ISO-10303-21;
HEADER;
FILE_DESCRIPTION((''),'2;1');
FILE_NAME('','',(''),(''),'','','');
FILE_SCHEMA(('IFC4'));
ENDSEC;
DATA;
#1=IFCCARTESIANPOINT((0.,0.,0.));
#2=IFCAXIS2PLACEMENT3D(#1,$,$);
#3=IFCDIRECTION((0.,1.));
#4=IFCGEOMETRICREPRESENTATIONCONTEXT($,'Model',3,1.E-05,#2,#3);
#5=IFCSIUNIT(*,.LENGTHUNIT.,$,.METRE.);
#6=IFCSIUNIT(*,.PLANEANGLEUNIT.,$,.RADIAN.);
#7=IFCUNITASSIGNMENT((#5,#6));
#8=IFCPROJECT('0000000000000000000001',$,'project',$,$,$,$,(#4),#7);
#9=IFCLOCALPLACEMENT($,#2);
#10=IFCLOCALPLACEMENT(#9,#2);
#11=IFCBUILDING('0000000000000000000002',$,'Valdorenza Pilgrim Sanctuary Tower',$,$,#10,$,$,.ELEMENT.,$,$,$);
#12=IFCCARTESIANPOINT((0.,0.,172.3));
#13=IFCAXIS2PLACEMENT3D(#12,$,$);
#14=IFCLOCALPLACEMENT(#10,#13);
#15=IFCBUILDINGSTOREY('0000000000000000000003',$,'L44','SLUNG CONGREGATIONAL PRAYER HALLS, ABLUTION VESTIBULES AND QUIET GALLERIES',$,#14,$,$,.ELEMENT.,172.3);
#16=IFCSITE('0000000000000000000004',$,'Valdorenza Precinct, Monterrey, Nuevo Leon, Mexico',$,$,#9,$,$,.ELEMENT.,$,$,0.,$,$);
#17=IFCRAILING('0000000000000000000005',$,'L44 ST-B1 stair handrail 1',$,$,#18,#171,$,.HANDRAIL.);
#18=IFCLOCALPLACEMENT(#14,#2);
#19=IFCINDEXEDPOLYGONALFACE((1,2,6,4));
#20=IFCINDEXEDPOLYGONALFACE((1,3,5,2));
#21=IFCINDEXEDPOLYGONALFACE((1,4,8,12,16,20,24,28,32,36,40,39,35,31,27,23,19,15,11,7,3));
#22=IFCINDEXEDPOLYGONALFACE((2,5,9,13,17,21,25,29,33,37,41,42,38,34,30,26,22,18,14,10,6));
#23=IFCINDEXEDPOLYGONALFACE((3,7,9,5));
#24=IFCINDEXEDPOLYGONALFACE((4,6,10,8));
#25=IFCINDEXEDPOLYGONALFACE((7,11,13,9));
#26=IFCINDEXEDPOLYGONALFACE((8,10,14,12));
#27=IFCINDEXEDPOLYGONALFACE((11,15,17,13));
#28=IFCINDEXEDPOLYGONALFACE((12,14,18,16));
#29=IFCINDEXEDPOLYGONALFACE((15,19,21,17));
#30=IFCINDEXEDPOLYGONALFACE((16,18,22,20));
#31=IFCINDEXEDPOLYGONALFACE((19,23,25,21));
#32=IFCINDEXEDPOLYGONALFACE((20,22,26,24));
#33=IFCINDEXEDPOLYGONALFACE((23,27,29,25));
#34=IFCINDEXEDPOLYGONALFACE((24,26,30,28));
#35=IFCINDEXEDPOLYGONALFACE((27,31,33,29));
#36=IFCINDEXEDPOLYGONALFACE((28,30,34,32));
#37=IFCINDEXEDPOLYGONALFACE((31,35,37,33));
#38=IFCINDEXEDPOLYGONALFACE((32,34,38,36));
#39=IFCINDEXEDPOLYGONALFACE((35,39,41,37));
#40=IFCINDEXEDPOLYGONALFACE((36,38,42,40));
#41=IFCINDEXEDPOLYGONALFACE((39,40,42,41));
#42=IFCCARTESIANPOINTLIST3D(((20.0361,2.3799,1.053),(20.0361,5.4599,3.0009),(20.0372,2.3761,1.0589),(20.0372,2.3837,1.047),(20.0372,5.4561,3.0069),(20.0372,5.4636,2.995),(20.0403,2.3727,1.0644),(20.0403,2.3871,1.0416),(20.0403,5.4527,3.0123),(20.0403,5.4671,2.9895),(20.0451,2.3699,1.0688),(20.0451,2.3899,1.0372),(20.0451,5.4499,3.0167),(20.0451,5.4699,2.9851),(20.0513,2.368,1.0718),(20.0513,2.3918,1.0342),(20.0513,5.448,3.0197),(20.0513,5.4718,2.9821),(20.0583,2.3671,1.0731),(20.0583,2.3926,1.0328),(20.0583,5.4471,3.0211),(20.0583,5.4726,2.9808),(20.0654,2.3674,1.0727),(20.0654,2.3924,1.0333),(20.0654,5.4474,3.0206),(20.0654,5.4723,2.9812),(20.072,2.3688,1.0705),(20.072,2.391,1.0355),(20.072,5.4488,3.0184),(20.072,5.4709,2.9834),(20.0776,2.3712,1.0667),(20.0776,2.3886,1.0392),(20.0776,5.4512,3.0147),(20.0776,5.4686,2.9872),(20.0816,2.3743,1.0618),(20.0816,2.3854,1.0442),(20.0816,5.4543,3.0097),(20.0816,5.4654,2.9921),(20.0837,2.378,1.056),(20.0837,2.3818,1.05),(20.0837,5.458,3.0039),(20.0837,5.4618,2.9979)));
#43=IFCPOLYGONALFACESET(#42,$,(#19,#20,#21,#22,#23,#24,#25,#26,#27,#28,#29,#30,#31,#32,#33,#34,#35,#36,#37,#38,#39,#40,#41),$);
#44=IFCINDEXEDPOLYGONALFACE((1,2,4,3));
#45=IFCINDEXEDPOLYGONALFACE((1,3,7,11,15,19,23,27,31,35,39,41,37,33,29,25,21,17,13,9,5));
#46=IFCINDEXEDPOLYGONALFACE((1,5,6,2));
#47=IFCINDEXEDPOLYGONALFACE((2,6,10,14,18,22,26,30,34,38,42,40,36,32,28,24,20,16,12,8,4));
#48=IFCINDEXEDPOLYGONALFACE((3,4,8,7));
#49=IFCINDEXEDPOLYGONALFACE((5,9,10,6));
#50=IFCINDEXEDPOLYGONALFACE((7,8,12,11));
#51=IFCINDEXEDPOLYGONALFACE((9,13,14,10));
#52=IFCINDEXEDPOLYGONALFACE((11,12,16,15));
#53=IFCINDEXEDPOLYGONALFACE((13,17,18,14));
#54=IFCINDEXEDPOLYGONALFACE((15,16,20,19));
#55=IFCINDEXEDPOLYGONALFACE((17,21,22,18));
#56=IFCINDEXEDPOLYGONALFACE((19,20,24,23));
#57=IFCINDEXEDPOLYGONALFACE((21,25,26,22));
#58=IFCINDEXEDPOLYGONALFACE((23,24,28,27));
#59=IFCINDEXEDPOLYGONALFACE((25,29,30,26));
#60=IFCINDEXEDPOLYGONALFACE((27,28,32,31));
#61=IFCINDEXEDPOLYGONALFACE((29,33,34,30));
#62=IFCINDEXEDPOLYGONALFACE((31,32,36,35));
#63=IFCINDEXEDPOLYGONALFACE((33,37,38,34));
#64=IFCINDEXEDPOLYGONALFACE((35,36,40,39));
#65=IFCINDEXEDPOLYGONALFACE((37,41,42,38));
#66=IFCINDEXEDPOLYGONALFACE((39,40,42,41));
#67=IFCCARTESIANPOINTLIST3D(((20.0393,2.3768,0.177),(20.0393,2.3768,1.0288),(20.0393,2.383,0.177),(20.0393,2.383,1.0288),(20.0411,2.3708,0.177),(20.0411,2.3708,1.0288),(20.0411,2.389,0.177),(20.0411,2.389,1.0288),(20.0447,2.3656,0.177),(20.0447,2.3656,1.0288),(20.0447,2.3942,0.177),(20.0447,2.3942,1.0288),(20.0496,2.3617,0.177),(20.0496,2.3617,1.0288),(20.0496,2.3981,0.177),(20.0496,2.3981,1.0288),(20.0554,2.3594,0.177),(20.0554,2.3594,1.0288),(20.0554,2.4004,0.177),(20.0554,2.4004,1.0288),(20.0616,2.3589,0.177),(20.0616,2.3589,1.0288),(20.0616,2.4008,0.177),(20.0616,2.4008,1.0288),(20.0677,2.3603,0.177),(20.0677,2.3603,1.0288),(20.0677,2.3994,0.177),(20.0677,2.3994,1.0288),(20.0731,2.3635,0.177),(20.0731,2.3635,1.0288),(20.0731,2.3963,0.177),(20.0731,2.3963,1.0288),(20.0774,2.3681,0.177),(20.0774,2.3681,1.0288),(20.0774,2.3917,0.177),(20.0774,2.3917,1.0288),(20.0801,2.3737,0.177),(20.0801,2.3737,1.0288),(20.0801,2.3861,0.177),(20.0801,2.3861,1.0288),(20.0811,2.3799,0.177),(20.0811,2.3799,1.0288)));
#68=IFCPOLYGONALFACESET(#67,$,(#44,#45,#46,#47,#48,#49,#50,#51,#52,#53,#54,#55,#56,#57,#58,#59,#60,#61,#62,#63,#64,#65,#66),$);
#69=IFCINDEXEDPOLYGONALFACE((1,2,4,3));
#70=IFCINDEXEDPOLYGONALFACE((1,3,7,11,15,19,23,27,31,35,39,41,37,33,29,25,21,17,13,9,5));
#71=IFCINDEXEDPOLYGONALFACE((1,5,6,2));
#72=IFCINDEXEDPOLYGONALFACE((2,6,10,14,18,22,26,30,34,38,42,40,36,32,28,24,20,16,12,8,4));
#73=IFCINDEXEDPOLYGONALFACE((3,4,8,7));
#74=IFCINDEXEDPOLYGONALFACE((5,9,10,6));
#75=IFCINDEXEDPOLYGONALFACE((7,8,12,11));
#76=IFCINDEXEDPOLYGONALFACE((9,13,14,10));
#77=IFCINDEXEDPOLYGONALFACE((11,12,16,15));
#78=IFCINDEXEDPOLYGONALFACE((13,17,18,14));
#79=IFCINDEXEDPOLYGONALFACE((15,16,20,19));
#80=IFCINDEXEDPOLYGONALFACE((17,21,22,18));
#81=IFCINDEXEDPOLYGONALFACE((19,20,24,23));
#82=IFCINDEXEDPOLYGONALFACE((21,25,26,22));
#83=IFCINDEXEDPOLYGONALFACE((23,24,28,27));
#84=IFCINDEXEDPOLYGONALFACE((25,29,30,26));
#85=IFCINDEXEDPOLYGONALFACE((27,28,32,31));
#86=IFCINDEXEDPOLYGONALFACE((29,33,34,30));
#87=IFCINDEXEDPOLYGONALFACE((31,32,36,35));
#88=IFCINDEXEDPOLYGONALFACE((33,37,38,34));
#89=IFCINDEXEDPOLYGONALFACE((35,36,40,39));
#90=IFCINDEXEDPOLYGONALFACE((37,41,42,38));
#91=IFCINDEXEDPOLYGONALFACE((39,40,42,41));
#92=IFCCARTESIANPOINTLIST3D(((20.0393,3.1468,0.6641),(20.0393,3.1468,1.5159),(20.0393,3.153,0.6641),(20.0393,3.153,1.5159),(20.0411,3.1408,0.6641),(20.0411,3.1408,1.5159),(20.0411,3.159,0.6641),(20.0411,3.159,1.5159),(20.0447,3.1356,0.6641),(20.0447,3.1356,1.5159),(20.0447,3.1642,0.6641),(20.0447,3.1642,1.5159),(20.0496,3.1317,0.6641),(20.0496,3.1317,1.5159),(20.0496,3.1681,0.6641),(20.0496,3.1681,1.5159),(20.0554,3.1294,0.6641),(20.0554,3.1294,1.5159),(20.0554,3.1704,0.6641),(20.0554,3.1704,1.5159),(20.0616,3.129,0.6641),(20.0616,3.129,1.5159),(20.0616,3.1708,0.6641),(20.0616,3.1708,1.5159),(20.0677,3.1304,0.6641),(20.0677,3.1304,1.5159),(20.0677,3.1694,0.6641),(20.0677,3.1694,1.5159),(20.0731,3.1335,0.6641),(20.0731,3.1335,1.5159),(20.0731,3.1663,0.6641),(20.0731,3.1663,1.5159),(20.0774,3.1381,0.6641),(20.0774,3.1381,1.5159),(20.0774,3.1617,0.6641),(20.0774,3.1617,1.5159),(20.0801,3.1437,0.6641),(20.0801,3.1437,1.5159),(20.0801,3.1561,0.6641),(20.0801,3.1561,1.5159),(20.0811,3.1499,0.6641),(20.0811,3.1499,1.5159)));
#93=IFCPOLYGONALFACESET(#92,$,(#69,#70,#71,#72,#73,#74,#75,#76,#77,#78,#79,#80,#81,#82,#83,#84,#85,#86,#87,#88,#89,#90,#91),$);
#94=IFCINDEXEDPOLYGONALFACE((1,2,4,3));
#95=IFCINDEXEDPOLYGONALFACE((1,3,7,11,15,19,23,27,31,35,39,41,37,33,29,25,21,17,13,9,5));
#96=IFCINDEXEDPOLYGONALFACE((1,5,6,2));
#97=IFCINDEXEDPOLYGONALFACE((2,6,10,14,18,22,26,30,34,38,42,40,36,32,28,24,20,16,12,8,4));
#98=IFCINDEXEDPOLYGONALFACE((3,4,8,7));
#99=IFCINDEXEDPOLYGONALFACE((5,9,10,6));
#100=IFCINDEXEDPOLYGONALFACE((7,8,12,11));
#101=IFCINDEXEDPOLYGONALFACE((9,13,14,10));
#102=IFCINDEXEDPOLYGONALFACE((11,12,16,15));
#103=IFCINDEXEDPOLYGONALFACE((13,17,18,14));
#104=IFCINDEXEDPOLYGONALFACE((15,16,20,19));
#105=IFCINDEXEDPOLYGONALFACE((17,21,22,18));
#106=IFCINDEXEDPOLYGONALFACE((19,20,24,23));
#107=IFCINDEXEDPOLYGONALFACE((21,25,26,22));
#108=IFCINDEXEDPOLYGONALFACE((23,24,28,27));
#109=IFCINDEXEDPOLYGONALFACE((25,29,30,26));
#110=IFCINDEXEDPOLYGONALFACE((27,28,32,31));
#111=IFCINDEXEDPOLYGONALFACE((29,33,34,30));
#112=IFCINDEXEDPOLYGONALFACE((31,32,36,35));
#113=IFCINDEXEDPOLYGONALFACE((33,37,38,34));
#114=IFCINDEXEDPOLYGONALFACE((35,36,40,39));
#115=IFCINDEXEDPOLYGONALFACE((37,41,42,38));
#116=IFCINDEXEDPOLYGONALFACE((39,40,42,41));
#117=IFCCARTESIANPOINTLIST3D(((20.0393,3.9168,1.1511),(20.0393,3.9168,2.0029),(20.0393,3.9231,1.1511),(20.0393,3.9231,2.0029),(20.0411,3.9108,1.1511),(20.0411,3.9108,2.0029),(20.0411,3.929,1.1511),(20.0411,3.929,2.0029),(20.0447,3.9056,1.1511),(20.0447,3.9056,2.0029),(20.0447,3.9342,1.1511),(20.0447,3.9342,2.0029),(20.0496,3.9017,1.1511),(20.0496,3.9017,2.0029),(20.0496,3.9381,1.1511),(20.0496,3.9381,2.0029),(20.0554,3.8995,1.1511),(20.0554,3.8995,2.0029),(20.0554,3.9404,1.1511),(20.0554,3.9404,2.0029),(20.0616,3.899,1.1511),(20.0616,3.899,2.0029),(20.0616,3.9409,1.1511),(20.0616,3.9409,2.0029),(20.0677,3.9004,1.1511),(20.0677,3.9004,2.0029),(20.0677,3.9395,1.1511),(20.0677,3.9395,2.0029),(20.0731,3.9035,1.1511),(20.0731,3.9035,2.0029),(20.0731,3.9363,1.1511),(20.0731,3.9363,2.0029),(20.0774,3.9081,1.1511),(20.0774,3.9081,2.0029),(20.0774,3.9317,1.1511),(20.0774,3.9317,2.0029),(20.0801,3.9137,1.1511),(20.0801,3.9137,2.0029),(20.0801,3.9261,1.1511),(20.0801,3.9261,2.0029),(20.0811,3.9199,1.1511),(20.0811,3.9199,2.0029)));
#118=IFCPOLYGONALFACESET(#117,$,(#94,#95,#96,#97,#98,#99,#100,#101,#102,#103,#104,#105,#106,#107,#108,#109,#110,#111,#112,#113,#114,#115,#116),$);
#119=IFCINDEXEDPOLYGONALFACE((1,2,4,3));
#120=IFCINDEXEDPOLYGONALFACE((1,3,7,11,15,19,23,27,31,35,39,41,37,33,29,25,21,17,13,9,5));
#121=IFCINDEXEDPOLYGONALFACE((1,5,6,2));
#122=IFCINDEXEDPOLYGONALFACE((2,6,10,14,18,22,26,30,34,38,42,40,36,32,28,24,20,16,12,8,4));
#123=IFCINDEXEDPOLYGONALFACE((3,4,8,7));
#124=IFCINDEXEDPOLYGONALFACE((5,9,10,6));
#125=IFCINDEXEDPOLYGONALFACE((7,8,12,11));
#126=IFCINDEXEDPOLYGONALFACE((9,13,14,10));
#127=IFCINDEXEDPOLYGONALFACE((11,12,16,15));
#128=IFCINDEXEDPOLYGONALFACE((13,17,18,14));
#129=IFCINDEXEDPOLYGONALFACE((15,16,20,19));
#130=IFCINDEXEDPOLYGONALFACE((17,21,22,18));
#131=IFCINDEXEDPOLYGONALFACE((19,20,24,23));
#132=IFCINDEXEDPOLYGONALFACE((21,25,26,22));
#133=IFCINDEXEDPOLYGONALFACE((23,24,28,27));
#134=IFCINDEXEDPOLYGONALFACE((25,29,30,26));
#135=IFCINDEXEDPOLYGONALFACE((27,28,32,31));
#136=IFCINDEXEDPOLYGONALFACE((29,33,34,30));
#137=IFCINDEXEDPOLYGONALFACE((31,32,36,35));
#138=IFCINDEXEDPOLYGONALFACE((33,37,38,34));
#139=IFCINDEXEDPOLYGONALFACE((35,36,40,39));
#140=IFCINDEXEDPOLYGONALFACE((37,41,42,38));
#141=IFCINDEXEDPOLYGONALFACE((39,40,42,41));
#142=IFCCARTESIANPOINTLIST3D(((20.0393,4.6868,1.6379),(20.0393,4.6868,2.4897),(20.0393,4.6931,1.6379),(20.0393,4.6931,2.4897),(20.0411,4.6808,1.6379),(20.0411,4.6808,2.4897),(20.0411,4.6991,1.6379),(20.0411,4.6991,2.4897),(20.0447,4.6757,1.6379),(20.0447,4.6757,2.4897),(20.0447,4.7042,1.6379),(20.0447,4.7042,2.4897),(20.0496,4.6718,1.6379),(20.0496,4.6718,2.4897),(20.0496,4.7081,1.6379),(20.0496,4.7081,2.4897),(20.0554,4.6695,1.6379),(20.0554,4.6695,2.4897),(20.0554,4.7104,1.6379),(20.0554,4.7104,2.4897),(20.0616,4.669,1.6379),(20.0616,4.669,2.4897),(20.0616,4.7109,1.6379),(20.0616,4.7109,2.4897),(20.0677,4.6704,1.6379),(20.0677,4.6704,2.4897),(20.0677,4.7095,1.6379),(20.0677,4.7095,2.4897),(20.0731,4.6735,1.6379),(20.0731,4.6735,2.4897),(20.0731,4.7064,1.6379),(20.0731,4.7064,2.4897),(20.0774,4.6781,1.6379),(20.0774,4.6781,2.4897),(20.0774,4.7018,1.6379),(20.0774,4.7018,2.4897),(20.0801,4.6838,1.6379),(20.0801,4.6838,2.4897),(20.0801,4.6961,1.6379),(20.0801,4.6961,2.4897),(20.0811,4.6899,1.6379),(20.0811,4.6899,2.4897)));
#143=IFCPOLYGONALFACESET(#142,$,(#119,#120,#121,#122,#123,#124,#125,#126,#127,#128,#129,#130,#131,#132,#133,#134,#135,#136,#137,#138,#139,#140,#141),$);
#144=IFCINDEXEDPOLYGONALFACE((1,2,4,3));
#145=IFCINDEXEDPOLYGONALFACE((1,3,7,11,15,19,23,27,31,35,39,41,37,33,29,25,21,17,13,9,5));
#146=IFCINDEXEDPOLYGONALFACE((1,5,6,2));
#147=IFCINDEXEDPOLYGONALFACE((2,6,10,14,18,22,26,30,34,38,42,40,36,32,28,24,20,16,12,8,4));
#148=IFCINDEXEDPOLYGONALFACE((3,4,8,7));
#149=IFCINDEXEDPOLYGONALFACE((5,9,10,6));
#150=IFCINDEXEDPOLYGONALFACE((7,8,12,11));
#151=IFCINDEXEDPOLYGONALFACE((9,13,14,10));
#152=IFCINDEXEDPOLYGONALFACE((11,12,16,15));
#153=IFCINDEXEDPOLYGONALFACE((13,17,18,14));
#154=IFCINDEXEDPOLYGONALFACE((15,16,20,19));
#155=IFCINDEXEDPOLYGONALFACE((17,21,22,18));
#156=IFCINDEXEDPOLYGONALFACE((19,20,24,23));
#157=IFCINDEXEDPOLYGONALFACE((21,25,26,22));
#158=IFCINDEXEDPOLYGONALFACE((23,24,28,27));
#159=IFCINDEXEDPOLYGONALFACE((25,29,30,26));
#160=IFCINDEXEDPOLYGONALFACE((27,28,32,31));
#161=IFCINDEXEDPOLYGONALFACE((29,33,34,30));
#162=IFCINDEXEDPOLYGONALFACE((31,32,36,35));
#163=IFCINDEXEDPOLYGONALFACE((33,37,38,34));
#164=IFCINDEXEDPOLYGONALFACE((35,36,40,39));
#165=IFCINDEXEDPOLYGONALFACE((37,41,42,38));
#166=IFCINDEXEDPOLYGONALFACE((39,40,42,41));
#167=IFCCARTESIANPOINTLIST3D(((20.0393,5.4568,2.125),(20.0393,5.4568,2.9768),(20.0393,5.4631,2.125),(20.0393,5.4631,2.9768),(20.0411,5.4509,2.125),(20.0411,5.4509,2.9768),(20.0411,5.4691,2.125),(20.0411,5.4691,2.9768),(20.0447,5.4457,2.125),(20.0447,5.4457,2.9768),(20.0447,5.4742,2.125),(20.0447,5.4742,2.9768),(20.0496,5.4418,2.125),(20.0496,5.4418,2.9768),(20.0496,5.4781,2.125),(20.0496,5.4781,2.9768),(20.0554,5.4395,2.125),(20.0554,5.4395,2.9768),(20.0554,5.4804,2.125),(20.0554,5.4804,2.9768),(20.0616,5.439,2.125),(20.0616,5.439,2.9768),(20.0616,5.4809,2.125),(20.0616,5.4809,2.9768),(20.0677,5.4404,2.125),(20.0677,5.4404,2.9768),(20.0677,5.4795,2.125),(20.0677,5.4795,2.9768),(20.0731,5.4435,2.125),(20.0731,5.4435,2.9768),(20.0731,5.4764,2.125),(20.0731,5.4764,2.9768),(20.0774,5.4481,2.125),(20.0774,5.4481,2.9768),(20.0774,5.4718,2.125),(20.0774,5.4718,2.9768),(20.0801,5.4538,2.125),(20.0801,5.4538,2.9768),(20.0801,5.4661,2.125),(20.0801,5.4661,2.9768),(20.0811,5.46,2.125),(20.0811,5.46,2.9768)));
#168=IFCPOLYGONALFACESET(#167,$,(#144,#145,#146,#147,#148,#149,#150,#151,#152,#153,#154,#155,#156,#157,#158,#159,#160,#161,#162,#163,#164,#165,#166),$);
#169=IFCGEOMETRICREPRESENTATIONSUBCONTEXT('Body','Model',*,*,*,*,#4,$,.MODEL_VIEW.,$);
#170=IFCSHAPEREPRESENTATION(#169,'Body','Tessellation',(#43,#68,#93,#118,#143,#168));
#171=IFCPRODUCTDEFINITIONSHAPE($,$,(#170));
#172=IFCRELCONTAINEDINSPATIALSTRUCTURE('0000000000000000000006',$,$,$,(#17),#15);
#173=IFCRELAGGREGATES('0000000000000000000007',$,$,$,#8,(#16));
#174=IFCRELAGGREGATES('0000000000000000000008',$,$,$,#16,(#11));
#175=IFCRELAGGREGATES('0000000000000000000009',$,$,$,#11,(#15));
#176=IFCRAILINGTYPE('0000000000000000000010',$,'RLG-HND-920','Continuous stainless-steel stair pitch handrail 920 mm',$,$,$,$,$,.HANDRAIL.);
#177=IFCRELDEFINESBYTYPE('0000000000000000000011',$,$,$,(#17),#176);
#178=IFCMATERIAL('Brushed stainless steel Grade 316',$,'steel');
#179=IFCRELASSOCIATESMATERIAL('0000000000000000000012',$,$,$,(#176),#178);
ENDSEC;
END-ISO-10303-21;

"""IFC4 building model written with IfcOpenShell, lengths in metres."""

from ifc_helpers import new_model, si_unit, direction, frame, origin, origin_2d, place, context, subcontext, project, spatial, circle, extrude, material, type_object, element, save


model = new_model("IFC4")

# Units and contexts
model_context = context("Model", 3, precision=1e-05, world=origin(), true_north=direction((0.0, 1.0)))
body_context = subcontext(model_context, "Body", "Model", "MODEL_VIEW")
ifc_project = project(units=[si_unit("LENGTHUNIT", "METRE"), si_unit("PLANEANGLEUNIT", "RADIAN")], contexts=[model_context])

# Site, building, storey
site_placement = place(None, origin())
site = spatial("IfcSite", under=ifc_project, at=site_placement, Name="Valdorenza Precinct, Monterrey, Nuevo Leon, Mexico", CompositionType="ELEMENT", RefElevation=0.0)
building_placement = place(site_placement, origin())
building = spatial("IfcBuilding", under=site, at=building_placement, Name="Valdorenza Pilgrim Sanctuary Tower", CompositionType="ELEMENT")
storey_placement = place(building_placement, frame((0.0, 0.0, 172.3)))
storey = spatial("IfcBuildingStorey", under=building, at=storey_placement, Name="L44", Description="SLUNG CONGREGATIONAL PRAYER HALLS, ABLUTION VESTIBULES AND QUIET GALLERIES", CompositionType="ELEMENT", Elevation=172.3)

# Railing
ifc_material_1 = material(Name="Brushed stainless steel Grade 316", Category="steel")
railing_type_1 = type_object("IfcRailingType", Name="RLG-HND-920", Description="Continuous stainless-steel stair pitch handrail 920 mm", PredefinedType="HANDRAIL", material=ifc_material_1)
railing_1_placement = place(storey_placement, frame((20.0601, 2.3799, 0.177)))
element("IfcRailing", 1, at=railing_1_placement, inside=storey, type_object=railing_type_1, Name="L44 ST-B1 stair handrail 1", PredefinedType="HANDRAIL", context=body_context, shape_type="SweptSolid", body=[
    extrude(circle(Radius=0.0239, at=origin_2d()), frame((0.0, 0.0, 0.876), z_axis=(0.0, 0.845156, 0.53452), x_axis=(-1.0, 0.0, 0.0)), (0.0, 0.0, 1.0), 3.6443),
    extrude(circle(Radius=0.021, at=origin_2d()), origin(), (0.0, 0.0, 1.0), 0.8518),
    extrude(circle(Radius=0.021, at=origin_2d()), frame((0.0, 0.77, 0.4871)), (0.0, 0.0, 1.0), 0.8518),
    extrude(circle(Radius=0.021, at=origin_2d()), frame((0.0, 1.54, 0.9741)), (0.0, 0.0, 1.0), 0.8518),
    extrude(circle(Radius=0.021, at=origin_2d()), frame((0.0, 2.3101, 1.4609)), (0.0, 0.0, 1.0), 0.8518),
    extrude(circle(Radius=0.021, at=origin_2d()), frame((0.0, 3.0801, 1.948)), (0.0, 0.0, 1.0), 0.8518),
])

save(model, "model.ifc")
